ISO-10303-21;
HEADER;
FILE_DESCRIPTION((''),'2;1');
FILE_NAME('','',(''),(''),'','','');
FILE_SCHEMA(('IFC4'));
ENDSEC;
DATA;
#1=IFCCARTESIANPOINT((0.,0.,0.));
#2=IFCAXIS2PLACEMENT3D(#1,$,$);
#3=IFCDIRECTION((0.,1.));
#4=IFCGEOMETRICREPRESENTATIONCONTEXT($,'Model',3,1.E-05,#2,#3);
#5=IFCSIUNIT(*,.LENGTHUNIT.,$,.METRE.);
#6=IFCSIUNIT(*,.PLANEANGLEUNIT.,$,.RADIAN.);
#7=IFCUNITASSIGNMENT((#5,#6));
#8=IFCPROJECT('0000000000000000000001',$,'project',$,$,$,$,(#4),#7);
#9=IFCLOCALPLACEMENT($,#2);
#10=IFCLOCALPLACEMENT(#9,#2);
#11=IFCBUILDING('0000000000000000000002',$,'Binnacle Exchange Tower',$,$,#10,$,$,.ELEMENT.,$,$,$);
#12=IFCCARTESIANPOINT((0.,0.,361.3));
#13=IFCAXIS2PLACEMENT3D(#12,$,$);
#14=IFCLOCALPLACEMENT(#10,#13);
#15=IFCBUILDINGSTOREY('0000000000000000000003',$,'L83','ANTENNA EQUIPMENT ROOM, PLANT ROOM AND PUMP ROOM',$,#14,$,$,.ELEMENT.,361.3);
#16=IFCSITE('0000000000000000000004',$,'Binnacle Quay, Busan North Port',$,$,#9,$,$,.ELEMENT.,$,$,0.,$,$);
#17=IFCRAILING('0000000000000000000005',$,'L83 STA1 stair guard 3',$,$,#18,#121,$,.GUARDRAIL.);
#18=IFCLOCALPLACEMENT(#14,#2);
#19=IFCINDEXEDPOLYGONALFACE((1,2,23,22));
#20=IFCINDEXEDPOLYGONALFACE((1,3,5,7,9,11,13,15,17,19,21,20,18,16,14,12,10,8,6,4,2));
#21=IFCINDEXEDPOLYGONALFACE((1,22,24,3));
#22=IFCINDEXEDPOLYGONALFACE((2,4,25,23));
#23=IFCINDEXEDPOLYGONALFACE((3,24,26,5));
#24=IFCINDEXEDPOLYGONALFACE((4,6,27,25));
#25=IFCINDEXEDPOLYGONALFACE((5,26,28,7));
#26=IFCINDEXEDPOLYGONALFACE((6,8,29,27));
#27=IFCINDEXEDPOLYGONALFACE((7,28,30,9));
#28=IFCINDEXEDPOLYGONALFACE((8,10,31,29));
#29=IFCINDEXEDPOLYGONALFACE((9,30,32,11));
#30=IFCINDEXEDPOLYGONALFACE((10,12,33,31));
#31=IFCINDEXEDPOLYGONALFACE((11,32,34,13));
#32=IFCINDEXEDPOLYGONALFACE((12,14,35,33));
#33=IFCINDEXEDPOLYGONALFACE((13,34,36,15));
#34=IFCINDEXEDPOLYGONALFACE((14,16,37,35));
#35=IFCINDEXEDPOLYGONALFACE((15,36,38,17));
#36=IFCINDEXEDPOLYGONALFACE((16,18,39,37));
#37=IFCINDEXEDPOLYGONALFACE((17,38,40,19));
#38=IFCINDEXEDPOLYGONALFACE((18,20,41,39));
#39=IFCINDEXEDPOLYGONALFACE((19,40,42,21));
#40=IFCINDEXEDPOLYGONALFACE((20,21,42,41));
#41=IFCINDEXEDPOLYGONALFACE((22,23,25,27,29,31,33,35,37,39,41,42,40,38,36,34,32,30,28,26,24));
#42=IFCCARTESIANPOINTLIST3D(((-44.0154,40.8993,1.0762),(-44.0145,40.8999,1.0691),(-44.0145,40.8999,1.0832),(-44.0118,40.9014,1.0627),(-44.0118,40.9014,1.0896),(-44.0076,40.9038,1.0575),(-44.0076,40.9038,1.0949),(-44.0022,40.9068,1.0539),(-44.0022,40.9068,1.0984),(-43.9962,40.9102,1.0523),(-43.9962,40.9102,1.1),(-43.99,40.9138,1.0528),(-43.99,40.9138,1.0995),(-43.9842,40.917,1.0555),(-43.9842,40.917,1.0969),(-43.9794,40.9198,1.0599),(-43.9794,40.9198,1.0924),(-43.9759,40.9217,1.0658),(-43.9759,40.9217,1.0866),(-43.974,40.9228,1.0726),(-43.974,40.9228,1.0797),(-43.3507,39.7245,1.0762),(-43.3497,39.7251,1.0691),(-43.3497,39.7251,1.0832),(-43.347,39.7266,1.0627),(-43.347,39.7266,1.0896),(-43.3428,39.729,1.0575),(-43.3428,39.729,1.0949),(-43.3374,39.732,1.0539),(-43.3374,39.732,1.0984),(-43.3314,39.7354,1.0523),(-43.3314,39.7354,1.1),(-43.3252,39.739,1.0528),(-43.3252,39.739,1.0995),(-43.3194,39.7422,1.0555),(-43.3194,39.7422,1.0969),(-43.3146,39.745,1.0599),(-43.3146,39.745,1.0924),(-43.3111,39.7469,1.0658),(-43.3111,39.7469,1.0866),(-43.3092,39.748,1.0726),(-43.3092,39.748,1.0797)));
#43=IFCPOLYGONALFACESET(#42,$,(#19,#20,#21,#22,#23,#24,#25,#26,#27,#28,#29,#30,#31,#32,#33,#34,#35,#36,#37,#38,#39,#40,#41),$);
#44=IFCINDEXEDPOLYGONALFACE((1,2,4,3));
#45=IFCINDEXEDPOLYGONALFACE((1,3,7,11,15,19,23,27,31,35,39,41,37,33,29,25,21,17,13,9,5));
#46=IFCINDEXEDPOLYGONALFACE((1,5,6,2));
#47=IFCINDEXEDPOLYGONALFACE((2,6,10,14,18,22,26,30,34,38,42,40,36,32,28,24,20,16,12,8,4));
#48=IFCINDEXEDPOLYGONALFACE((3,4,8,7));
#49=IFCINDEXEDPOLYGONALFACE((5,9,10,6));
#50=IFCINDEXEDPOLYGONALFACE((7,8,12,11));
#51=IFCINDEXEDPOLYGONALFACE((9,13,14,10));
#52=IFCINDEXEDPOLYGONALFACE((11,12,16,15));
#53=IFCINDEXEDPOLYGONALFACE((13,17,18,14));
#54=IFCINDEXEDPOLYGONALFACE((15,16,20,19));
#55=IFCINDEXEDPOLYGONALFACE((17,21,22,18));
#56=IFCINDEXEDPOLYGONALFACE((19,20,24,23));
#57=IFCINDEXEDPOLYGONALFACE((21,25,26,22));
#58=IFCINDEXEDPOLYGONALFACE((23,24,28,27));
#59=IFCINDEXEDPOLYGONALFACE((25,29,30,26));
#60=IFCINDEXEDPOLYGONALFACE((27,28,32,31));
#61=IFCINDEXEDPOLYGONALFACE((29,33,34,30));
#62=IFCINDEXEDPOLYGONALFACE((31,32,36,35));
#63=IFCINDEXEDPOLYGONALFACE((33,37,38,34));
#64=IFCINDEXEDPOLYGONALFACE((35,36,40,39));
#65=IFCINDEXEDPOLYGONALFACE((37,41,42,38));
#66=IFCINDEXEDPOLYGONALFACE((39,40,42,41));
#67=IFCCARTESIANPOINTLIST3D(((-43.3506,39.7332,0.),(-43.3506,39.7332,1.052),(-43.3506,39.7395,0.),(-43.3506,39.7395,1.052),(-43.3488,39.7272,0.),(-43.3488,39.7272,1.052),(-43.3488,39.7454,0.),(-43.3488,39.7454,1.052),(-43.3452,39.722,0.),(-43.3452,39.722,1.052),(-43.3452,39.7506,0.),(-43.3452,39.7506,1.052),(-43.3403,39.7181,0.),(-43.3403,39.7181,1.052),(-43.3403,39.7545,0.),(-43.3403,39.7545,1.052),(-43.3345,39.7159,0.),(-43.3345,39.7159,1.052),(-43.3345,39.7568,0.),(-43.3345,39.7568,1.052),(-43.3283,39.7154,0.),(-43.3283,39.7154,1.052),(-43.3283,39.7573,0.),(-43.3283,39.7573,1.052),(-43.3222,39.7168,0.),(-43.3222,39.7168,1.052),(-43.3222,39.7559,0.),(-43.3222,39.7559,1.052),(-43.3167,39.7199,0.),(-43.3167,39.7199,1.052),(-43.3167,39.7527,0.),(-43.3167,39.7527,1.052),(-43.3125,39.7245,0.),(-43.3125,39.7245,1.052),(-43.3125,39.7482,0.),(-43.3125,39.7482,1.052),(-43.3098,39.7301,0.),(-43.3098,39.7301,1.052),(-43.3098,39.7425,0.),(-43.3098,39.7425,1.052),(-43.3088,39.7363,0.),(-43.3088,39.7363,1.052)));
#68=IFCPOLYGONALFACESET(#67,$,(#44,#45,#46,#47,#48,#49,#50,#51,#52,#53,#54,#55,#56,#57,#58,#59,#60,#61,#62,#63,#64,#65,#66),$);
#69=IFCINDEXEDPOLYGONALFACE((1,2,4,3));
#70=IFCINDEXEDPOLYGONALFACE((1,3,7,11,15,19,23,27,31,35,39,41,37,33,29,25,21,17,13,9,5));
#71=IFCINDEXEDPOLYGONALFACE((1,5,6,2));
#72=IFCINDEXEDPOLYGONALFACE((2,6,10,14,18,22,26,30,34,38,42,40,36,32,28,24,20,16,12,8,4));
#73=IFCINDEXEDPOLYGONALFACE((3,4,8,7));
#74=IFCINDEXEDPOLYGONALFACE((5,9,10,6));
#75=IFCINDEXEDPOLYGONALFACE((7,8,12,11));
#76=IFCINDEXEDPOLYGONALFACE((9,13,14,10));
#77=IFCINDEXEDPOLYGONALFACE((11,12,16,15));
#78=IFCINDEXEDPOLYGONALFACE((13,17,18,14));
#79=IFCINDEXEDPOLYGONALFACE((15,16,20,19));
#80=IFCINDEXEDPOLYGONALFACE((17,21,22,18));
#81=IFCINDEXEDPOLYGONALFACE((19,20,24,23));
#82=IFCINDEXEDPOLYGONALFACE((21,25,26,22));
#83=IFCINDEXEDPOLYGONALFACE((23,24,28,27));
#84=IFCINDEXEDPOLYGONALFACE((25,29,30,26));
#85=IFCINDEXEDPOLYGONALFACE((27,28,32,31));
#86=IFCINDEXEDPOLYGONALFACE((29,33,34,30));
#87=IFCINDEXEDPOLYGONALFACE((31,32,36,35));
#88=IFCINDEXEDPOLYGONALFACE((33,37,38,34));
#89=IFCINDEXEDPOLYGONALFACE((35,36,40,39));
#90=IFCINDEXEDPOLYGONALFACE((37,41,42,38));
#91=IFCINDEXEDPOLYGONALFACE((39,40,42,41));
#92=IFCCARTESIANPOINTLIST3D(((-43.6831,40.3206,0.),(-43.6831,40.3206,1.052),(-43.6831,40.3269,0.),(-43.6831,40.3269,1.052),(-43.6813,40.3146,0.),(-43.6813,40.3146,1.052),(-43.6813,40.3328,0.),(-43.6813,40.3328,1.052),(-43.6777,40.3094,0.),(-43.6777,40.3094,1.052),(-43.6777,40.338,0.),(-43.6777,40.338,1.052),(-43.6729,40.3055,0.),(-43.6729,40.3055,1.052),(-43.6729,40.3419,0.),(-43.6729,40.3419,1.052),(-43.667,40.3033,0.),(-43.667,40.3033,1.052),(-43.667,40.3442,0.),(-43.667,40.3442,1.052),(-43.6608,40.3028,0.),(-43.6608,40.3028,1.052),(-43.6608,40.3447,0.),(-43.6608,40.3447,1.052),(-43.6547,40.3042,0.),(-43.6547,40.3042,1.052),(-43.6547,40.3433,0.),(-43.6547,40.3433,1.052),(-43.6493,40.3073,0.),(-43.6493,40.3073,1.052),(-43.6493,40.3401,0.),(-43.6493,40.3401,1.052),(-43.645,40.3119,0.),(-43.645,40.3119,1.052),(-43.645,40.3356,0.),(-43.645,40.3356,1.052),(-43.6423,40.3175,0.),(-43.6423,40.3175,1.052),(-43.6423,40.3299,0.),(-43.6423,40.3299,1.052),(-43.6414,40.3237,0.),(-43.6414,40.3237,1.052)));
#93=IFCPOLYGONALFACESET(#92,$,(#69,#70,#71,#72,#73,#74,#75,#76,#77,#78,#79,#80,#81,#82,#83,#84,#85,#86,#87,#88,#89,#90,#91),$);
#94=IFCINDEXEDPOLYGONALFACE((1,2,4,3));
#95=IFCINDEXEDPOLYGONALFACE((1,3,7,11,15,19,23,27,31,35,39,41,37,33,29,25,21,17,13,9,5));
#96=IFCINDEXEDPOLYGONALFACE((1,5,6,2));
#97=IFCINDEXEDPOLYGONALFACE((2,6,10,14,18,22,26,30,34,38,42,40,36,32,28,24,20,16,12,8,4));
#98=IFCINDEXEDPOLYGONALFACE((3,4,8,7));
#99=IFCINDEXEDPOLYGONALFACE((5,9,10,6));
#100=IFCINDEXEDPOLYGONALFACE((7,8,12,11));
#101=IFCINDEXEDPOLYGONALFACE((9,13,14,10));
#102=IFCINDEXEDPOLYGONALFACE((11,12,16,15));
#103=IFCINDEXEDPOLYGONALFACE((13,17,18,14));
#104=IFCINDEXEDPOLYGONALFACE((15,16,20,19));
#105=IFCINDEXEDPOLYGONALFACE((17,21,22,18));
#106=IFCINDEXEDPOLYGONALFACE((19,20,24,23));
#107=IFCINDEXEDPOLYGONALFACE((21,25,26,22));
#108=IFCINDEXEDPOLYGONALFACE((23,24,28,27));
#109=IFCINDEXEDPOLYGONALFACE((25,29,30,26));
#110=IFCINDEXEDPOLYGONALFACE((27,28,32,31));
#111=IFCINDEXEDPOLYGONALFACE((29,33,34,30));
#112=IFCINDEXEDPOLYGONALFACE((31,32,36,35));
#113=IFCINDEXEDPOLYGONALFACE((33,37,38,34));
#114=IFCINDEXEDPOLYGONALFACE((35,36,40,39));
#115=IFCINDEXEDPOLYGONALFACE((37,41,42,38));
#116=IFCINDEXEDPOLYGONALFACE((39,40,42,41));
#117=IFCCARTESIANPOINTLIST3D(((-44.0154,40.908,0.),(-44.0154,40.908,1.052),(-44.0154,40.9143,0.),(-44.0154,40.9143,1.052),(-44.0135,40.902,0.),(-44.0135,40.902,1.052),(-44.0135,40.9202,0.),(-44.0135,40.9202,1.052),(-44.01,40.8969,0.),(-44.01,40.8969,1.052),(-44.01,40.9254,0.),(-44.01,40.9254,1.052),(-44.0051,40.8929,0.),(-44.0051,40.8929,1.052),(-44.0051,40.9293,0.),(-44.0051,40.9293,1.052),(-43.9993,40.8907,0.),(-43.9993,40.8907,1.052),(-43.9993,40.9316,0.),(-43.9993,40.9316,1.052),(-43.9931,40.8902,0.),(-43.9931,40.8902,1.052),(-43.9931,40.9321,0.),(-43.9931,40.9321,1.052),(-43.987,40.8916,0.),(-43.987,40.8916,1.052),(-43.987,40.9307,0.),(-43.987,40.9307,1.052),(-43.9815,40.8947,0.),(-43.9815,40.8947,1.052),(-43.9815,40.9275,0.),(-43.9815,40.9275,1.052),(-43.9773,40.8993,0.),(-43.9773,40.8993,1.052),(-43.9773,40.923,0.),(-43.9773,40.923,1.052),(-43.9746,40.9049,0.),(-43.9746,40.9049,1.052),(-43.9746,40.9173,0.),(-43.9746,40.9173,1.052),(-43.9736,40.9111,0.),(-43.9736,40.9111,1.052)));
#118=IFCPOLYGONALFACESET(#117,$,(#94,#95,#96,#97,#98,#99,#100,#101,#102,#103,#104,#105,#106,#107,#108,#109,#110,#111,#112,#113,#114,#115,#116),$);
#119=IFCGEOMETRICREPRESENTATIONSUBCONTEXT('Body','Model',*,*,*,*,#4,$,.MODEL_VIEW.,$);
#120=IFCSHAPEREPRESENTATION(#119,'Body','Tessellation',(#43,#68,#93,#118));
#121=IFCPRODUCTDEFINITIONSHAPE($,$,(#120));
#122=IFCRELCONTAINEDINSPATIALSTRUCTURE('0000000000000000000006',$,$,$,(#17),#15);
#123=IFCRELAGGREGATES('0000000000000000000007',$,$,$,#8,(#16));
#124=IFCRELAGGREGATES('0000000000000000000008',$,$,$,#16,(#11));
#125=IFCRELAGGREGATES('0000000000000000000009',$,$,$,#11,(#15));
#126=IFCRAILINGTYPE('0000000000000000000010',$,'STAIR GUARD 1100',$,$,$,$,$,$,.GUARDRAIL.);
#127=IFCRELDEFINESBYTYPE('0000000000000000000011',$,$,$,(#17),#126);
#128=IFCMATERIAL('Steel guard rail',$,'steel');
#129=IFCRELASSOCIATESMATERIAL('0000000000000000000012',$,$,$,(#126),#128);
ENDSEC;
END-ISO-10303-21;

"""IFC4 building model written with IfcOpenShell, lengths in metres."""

from ifc_helpers import new_model, si_unit, direction, frame, origin, origin_2d, place, context, subcontext, project, spatial, circle, extrude, material, type_object, element, save


model = new_model("IFC4")

# Units and contexts
model_context = context("Model", 3, precision=1e-05, world=origin(), true_north=direction((0.0, 1.0)))
body_context = subcontext(model_context, "Body", "Model", "MODEL_VIEW")
ifc_project = project(units=[si_unit("LENGTHUNIT", "METRE"), si_unit("PLANEANGLEUNIT", "RADIAN")], contexts=[model_context])

# Site, building, storey
site_placement = place(None, origin())
site = spatial("IfcSite", under=ifc_project, at=site_placement, Name="Binnacle Quay, Busan North Port", CompositionType="ELEMENT", RefElevation=0.0)
building_placement = place(site_placement, origin())
building = spatial("IfcBuilding", under=site, at=building_placement, Name="Binnacle Exchange Tower", CompositionType="ELEMENT")
storey_placement = place(building_placement, frame((0.0, 0.0, 361.3)))
storey = spatial("IfcBuildingStorey", under=building, at=storey_placement, Name="L83", Description="ANTENNA EQUIPMENT ROOM, PLANT ROOM AND PUMP ROOM", CompositionType="ELEMENT", Elevation=361.3)

# Railing
ifc_material_1 = material(Name="Steel guard rail", Category="steel")
railing_type = type_object("IfcRailingType", Name="STAIR GUARD 1100", PredefinedType="GUARDRAIL", material=ifc_material_1)
railing_placement = place(storey_placement, frame((-43.3298, 39.7363, 0.0)))
element("IfcRailing", 1, at=railing_placement, inside=storey, type_object=railing_type, Name="L83 STA1 stair guard 3", PredefinedType="GUARDRAIL", context=body_context, shape_type="SweptSolid", body=[
    extrude(circle(Radius=0.0239, at=origin_2d()), frame((0.0, 0.0, 1.0762), z_axis=(-0.492492, 0.870317, 0.0), x_axis=(-0.870317, -0.492492, 0.0)), (0.0, 0.0, 1.0), 1.3499),
    extrude(circle(Radius=0.021, at=origin_2d()), origin(), (0.0, 0.0, 1.0), 1.052),
    extrude(circle(Radius=0.021, at=origin_2d()), frame((-0.3325, 0.5874, 0.0)), (0.0, 0.0, 1.0), 1.052),
    extrude(circle(Radius=0.021, at=origin_2d()), frame((-0.6648, 1.1748, 0.0)), (0.0, 0.0, 1.0), 1.052),
])

save(model, "model.ifc")
